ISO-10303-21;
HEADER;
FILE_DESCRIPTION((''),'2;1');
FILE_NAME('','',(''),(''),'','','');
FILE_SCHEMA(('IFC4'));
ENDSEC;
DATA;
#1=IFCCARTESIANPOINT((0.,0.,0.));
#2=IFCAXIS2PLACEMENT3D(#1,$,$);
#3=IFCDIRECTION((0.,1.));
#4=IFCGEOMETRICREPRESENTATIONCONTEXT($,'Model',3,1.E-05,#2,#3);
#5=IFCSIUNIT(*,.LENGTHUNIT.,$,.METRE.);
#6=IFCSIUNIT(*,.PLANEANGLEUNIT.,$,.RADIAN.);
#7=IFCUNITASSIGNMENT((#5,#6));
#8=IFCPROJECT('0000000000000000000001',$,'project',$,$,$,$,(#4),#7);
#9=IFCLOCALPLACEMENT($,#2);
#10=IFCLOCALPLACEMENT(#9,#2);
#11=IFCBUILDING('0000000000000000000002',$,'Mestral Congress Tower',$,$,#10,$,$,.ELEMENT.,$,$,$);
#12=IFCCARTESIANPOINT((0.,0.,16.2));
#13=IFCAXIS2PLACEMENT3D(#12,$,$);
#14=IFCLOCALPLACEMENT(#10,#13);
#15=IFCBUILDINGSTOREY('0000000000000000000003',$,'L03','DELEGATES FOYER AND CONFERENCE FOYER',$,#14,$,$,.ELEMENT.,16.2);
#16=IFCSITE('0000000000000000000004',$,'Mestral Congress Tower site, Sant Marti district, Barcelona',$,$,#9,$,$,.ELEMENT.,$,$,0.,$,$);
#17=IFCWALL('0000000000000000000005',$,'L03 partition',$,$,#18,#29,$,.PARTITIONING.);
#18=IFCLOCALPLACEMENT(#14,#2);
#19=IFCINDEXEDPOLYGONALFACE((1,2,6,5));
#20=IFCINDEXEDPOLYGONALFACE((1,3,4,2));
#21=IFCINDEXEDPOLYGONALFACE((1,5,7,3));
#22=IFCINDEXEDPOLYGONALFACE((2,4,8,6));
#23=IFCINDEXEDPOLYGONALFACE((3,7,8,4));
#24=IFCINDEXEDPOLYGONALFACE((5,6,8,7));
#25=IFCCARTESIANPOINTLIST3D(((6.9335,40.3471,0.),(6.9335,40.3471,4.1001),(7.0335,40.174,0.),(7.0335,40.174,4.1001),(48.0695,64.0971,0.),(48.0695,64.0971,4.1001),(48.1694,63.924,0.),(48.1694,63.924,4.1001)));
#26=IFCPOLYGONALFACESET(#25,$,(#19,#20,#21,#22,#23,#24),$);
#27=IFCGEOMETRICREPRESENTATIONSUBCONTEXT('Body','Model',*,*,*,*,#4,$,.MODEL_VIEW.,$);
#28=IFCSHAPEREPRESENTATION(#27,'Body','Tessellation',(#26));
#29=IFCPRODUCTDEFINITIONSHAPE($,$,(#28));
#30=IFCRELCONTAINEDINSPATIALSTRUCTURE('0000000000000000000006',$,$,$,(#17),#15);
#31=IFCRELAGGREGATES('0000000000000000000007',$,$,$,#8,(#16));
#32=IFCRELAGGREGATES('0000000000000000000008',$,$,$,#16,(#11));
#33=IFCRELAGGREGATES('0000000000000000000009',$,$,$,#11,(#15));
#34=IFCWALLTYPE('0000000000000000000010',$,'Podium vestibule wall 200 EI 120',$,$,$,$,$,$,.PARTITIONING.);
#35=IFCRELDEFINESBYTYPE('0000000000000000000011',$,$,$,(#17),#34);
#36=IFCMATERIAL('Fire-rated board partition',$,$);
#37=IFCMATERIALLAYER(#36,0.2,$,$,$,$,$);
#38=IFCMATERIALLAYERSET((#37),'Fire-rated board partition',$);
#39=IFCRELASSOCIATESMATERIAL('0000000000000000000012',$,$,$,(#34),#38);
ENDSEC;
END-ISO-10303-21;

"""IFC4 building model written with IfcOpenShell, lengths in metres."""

from ifc_helpers import new_model, si_unit, direction, frame, frame_2d, origin, place, context, subcontext, project, spatial, rectangle, extrude, material, layer, layer_set, type_object, element, save


model = new_model("IFC4")

# Units and contexts
model_context = context("Model", 3, precision=1e-05, world=origin(), true_north=direction((0.0, 1.0)))
body_context = subcontext(model_context, "Body", "Model", "MODEL_VIEW")
ifc_project = project(units=[si_unit("LENGTHUNIT", "METRE"), si_unit("PLANEANGLEUNIT", "RADIAN")], contexts=[model_context])

# Site, building, storey
site_placement = place(None, origin())
site = spatial("IfcSite", under=ifc_project, at=site_placement, Name="Mestral Congress Tower site, Sant Marti district, Barcelona", CompositionType="ELEMENT", RefElevation=0.0)
building_placement = place(site_placement, origin())
building = spatial("IfcBuilding", under=site, at=building_placement, Name="Mestral Congress Tower", CompositionType="ELEMENT")
storey_placement = place(building_placement, frame((0.0, 0.0, 16.2)))
storey = spatial("IfcBuildingStorey", under=building, at=storey_placement, Name="L03", Description="DELEGATES FOYER AND CONFERENCE FOYER", CompositionType="ELEMENT", Elevation=16.2)

# Shared definitions
ifc_material_1 = material(Name="Fire-rated board partition")
ifc_layer_1 = layer(ifc_material_1, 0.2)
ifc_layer_set_1 = layer_set([ifc_layer_1], Name="Fire-rated board partition")
wall_type_1 = type_object("IfcWallType", Name="Podium vestibule wall 200 EI 120", PredefinedType="PARTITIONING", material=ifc_layer_set_1)

# Wall
wall_1_placement = place(storey_placement, frame((6.9834, 40.2605, 0.0), z_axis=(0.0, 0.0, 1.0), x_axis=(0.866024, 0.500002, 0.0)))
element("IfcWall", 1, at=wall_1_placement, inside=storey, type_object=wall_type_1, Name="L03 partition", PredefinedType="PARTITIONING", context=body_context, shape_type="SweptSolid", body=[
    extrude(rectangle(XDim=47.4998, YDim=0.2, at=frame_2d((23.75, 0.0))), origin(), (0.0, 0.0, 1.0), 4.1001),
])

save(model, "model.ifc")
